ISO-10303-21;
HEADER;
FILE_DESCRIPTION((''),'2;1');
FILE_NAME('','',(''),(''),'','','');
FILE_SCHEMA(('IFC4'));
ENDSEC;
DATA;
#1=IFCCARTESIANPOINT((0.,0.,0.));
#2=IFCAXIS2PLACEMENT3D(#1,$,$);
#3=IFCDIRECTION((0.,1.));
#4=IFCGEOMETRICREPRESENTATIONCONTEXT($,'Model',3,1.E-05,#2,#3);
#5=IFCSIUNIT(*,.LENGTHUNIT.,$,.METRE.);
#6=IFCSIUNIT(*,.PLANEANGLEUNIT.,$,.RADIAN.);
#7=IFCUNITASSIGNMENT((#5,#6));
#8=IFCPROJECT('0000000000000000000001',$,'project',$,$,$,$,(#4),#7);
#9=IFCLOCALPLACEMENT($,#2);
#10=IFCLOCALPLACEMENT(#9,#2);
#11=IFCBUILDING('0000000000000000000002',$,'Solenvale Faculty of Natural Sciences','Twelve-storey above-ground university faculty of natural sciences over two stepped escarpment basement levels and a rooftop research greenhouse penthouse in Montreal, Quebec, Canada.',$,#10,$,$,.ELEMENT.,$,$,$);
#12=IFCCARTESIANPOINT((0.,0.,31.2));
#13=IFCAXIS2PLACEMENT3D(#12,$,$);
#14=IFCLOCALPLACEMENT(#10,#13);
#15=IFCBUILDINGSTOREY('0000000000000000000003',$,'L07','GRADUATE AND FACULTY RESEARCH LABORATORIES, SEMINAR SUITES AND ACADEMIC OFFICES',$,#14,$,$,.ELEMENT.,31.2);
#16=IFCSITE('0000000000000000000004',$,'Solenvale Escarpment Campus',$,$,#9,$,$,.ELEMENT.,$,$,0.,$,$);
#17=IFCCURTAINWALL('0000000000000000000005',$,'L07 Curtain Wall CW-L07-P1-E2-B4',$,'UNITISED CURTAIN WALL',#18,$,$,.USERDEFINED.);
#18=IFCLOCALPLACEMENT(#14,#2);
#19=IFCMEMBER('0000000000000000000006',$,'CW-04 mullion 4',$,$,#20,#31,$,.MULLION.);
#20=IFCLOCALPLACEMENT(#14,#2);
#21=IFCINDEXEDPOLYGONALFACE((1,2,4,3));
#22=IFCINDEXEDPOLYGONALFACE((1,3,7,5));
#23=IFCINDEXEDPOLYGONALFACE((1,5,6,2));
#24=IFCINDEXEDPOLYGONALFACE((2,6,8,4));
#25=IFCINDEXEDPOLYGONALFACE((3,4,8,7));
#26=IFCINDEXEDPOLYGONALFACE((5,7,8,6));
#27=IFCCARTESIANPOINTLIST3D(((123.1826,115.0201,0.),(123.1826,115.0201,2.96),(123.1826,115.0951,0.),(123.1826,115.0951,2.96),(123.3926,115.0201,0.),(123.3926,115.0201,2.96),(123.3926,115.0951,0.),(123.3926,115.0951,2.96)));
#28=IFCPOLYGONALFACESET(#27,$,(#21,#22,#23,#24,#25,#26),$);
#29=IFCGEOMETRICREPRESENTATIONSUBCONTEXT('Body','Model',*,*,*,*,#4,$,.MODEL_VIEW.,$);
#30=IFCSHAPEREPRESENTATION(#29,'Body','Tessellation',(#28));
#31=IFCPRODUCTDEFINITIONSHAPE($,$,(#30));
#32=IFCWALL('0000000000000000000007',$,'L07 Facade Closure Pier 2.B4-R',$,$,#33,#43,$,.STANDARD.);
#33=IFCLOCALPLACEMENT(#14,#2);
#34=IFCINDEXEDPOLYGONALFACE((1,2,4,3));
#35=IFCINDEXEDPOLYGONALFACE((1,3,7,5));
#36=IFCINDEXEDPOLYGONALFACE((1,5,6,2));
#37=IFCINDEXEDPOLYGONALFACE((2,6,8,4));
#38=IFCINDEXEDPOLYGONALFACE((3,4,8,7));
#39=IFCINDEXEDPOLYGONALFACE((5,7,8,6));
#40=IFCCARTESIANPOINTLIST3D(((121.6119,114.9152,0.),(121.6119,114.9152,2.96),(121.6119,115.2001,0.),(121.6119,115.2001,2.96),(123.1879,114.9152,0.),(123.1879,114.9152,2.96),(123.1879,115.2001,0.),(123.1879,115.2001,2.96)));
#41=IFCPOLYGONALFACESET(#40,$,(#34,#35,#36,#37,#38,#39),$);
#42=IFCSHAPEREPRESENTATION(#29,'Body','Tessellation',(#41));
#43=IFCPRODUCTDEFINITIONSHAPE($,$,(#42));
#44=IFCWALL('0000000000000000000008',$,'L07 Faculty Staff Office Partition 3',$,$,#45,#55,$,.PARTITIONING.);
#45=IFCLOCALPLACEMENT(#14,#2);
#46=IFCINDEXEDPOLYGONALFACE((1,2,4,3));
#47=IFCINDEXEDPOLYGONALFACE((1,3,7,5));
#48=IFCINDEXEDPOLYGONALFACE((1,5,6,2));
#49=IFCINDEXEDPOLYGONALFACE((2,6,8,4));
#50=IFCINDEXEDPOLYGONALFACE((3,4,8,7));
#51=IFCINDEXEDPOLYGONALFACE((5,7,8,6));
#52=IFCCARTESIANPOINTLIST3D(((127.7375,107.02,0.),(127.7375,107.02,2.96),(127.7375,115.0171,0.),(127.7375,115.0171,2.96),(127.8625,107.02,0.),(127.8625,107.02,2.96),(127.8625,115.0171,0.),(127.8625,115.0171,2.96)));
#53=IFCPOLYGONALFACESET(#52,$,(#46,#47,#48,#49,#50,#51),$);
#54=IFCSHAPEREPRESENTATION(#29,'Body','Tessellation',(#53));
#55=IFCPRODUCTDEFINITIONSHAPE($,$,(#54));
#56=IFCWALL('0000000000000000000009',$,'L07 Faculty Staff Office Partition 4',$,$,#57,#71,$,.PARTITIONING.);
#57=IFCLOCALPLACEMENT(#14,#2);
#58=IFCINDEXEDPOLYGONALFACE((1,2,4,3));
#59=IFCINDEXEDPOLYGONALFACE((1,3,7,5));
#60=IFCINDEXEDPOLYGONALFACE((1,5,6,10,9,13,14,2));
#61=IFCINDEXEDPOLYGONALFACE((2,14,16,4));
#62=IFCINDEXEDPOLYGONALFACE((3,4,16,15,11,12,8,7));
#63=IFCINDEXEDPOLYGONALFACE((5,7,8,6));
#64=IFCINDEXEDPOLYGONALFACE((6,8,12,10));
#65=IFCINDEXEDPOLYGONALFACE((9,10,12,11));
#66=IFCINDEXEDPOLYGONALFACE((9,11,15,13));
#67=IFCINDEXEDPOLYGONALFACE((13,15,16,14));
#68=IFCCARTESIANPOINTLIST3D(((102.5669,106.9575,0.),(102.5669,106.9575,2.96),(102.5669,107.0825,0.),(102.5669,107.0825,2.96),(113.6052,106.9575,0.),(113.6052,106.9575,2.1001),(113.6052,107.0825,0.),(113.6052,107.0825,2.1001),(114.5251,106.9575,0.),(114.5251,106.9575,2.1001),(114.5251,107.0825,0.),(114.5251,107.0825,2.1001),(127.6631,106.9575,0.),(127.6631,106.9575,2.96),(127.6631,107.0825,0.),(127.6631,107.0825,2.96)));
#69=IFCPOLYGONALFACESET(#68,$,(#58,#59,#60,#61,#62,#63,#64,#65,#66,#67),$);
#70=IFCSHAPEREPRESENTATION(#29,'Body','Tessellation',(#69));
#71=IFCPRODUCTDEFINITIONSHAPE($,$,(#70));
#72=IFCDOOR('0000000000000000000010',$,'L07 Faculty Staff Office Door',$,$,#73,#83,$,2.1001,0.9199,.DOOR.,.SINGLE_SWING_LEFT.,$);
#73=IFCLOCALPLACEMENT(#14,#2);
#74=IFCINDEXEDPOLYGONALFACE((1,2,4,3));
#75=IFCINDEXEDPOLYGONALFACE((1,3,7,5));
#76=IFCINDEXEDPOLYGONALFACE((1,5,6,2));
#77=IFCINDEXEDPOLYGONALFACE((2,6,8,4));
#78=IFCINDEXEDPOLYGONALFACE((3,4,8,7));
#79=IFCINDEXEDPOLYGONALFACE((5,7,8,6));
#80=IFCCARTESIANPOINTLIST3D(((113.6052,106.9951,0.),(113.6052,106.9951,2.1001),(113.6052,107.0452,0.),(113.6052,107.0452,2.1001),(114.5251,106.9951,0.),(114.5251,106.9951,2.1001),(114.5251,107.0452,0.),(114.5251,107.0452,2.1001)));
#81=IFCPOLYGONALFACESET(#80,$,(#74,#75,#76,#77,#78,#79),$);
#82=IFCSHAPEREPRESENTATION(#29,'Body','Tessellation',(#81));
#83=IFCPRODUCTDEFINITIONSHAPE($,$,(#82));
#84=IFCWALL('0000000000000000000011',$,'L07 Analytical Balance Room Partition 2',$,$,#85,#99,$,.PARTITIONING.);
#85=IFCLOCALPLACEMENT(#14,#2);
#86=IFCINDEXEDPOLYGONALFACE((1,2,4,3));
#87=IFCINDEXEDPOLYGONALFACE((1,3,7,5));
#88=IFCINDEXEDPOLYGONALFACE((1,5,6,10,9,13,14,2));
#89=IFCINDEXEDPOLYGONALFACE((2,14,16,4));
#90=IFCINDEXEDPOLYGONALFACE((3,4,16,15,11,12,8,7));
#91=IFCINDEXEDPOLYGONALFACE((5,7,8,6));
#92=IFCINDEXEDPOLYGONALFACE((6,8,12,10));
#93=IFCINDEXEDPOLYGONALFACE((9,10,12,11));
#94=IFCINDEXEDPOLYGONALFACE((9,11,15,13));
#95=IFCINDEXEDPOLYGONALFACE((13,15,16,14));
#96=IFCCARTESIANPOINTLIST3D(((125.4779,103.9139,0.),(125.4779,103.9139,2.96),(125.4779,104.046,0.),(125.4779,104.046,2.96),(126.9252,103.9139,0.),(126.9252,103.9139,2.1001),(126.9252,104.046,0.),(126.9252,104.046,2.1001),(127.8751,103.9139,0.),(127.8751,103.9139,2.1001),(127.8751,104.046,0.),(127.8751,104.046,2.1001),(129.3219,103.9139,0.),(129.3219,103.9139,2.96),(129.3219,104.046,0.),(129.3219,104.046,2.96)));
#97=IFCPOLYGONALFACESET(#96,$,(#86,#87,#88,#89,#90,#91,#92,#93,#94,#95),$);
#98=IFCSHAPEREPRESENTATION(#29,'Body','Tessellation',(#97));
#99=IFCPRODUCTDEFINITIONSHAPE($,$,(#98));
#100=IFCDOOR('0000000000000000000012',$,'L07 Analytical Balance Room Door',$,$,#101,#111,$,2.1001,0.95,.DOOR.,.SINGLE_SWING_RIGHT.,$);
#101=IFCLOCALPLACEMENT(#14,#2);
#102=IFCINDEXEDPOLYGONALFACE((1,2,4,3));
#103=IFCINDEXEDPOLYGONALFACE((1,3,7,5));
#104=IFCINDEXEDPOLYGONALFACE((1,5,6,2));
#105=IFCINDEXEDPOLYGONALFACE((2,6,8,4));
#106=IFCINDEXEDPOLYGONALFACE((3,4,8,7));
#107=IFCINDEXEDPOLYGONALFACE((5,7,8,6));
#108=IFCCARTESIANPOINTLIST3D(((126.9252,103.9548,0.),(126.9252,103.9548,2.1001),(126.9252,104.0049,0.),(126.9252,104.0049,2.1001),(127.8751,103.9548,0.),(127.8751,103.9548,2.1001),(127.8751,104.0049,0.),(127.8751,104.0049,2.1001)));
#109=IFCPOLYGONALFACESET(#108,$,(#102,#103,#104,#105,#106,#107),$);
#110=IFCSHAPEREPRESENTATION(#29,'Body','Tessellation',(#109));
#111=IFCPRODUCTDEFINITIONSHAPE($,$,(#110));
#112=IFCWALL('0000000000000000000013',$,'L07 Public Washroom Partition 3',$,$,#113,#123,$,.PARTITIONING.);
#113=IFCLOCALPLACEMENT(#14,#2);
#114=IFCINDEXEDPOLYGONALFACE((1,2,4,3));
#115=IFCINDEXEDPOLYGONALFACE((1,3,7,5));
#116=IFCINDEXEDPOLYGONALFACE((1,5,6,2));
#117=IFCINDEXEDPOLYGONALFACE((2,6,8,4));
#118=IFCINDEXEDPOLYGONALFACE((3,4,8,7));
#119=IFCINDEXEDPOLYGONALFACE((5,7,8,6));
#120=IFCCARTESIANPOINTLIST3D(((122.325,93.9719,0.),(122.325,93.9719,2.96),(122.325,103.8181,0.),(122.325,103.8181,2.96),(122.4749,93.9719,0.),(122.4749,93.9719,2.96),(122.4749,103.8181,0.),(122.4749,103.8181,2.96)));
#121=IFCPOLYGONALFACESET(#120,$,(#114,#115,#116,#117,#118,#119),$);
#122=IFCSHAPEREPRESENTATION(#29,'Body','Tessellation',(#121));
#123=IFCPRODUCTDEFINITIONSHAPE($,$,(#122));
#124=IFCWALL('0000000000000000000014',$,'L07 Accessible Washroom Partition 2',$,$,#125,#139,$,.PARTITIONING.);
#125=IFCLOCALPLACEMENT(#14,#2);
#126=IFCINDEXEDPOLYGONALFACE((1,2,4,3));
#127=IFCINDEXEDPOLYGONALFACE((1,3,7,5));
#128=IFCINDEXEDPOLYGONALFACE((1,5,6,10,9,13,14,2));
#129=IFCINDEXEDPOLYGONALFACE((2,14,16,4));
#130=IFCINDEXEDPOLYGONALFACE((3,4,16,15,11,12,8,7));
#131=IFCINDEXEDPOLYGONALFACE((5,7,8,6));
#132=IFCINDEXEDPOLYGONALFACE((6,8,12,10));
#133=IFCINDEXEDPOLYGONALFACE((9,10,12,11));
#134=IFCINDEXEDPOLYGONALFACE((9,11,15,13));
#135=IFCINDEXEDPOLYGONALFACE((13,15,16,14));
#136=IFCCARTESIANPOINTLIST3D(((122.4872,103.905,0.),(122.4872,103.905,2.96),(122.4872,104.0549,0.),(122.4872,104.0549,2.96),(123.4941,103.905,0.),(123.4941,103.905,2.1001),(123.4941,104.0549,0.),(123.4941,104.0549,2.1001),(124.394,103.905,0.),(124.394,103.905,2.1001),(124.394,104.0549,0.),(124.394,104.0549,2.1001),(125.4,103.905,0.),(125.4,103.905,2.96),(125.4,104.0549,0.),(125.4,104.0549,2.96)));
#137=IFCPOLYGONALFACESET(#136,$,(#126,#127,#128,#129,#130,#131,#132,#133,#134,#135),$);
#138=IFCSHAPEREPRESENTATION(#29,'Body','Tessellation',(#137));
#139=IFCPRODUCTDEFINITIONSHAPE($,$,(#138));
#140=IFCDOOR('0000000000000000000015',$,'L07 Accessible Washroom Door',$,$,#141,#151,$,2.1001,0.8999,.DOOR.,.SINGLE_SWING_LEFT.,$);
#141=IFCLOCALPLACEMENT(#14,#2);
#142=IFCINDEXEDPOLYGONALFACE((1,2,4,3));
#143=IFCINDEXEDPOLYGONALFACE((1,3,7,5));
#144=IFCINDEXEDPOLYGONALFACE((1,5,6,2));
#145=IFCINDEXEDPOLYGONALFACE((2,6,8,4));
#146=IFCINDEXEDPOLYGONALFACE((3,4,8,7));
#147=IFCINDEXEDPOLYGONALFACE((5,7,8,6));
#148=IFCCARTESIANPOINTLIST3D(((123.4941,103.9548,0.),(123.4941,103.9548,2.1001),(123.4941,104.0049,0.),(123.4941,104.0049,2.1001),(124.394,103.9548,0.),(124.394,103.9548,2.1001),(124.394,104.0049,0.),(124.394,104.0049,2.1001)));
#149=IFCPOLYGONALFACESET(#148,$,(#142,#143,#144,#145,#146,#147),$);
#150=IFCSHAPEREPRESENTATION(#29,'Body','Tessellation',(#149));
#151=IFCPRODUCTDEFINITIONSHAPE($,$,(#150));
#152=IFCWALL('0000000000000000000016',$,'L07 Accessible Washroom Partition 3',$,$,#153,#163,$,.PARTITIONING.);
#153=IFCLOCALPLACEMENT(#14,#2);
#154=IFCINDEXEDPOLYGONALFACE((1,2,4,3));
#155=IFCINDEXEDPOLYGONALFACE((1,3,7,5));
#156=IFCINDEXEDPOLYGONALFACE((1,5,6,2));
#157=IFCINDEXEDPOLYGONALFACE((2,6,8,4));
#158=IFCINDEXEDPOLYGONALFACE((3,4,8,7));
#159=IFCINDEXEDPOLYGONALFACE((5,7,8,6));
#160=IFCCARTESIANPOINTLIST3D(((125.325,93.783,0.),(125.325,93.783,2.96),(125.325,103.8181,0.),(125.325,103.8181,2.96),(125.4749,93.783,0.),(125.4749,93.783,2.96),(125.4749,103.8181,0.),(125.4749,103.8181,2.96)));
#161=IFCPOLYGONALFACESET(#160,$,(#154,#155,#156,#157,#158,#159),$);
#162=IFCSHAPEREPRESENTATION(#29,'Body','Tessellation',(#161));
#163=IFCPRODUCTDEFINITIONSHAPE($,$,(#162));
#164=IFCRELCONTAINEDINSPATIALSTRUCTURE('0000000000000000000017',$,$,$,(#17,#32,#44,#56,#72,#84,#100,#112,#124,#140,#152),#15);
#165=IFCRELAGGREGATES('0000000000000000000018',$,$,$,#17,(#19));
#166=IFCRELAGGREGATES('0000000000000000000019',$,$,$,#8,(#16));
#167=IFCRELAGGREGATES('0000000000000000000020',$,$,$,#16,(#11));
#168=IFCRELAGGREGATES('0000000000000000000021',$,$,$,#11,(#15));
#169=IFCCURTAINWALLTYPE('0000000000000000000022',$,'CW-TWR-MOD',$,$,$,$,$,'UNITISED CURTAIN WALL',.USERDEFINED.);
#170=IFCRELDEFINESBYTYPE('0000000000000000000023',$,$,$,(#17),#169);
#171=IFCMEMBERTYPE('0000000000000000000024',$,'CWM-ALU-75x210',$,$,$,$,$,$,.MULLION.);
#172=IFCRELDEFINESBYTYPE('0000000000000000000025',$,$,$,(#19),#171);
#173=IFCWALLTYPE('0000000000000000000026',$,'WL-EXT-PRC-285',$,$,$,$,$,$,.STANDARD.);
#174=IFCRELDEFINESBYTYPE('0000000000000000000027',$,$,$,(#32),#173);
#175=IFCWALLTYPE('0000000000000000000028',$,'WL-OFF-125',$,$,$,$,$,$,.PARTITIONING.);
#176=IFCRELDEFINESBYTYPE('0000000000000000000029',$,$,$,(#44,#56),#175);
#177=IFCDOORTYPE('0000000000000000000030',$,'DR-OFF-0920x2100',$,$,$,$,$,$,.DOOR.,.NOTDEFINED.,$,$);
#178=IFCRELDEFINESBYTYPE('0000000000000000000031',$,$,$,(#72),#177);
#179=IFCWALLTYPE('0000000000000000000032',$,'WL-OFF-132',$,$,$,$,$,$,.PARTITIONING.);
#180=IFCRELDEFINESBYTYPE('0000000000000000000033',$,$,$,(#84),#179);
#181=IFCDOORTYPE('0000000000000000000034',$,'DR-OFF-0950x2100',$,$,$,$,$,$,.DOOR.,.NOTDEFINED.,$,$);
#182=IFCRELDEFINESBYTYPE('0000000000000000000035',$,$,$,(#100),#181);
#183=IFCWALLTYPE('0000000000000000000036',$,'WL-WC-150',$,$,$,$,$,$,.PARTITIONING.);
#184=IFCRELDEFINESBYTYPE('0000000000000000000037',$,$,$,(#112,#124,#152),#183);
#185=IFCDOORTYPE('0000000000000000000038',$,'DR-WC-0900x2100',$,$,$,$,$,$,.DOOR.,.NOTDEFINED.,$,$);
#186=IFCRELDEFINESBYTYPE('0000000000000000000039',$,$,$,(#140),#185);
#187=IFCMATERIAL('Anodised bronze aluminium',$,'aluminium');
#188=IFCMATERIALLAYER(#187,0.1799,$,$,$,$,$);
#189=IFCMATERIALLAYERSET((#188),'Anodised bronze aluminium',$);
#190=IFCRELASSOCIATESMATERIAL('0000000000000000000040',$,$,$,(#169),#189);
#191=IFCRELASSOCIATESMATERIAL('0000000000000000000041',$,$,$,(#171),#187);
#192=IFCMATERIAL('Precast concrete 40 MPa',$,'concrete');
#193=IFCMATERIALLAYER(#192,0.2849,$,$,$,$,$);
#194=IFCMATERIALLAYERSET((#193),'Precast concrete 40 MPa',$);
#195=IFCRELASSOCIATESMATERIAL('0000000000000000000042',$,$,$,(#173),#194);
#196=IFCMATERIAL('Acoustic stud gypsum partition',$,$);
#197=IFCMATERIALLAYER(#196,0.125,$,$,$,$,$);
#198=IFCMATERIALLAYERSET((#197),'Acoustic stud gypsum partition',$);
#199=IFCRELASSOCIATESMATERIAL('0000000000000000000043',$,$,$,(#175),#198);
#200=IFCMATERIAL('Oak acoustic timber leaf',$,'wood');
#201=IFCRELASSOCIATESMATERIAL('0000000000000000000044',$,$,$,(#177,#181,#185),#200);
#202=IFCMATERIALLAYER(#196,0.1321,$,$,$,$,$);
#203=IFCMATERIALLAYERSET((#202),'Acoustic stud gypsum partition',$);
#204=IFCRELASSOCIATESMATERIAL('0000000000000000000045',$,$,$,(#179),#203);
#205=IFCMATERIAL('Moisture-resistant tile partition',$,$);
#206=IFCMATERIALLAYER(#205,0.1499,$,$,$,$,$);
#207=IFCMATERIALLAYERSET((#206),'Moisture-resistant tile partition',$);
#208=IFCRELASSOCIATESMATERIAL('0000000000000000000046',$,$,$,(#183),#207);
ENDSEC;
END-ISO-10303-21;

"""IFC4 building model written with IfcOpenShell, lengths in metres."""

from ifc_helpers import new_model, si_unit, direction, frame, frame_2d, origin, origin_2d, place, context, subcontext, project, spatial, rectangle, extrude, material, layer, layer_set, material_profile, profile_set, type_object, element, fill, aggregate, save


model = new_model("IFC4")

# Units and contexts
model_context = context("Model", 3, precision=1e-05, world=origin(), true_north=direction((0.0, 1.0)))
body_context = subcontext(model_context, "Body", "Model", "MODEL_VIEW")
ifc_project = project(units=[si_unit("LENGTHUNIT", "METRE"), si_unit("PLANEANGLEUNIT", "RADIAN")], contexts=[model_context])

# Site, building, storey
site_placement = place(None, origin())
site = spatial("IfcSite", under=ifc_project, at=site_placement, Name="Solenvale Escarpment Campus", CompositionType="ELEMENT", RefElevation=0.0)
building_placement = place(site_placement, origin())
building = spatial("IfcBuilding", under=site, at=building_placement, Name="Solenvale Faculty of Natural Sciences", Description="Twelve-storey above-ground university faculty of natural sciences over two stepped escarpment basement levels and a rooftop research greenhouse penthouse in Montreal, Quebec, Canada.", CompositionType="ELEMENT")
storey_placement = place(building_placement, frame((0.0, 0.0, 31.2)))
storey = spatial("IfcBuildingStorey", under=building, at=storey_placement, Name="L07", Description="GRADUATE AND FACULTY RESEARCH LABORATORIES, SEMINAR SUITES AND ACADEMIC OFFICES", CompositionType="ELEMENT", Elevation=31.2)

# Curtain wall, member
ifc_material_1 = material(Name="Anodised bronze aluminium", Category="aluminium")
ifc_layer_1 = layer(ifc_material_1, 0.1799)
ifc_layer_set_1 = layer_set([ifc_layer_1], Name="Anodised bronze aluminium")
curtain_wall_type = type_object("IfcCurtainWallType", Name="CW-TWR-MOD", ElementType="UNITISED CURTAIN WALL", PredefinedType="USERDEFINED", material=ifc_layer_set_1)
curtain_wall_placement = place(storey_placement, origin())
curtain_wall = element("IfcCurtainWall", 1, at=curtain_wall_placement, inside=storey, type_object=curtain_wall_type, Name="L07 Curtain Wall CW-L07-P1-E2-B4", ObjectType="UNITISED CURTAIN WALL", PredefinedType="USERDEFINED")
ifc_material_profile_1 = material_profile(ifc_material_1, rectangle(XDim=0.075, YDim=0.21, at=origin_2d()), Name="ALU-MUL-75x210")
ifc_profile_set_1 = profile_set([ifc_material_profile_1], Name="Anodised bronze aluminium")
member_type = type_object("IfcMemberType", Name="CWM-ALU-75x210", PredefinedType="MULLION", material=ifc_profile_set_1)
member_placement = place(storey_placement, frame((123.2876, 115.0576, 0.0), z_axis=(0.0, 0.0, 1.0), x_axis=(0.0, -1.0, 0.0)))
member = element("IfcMember", 2, at=member_placement, type_object=member_type, Name="CW-04 mullion 4", PredefinedType="MULLION", context=body_context, shape_type="SweptSolid", body=[
    extrude(rectangle(XDim=0.075, YDim=0.21, at=origin_2d()), origin(), (0.0, 0.0, 1.0), 2.96),
])
aggregate(curtain_wall, [member])

# Wall
ifc_material_2 = material(Name="Precast concrete 40 MPa", Category="concrete")
ifc_layer_2 = layer(ifc_material_2, 0.2849)
ifc_layer_set_2 = layer_set([ifc_layer_2], Name="Precast concrete 40 MPa")
wall_type_1 = type_object("IfcWallType", Name="WL-EXT-PRC-285", PredefinedType="STANDARD", material=ifc_layer_set_2)
wall_1_placement = place(storey_placement, frame((123.188, 115.0576, 0.0), z_axis=(0.0, 0.0, 1.0), x_axis=(-1.0, 0.0, 0.0)))
element("IfcWall", 3, at=wall_1_placement, inside=storey, type_object=wall_type_1, Name="L07 Facade Closure Pier 2.B4-R", PredefinedType="STANDARD", context=body_context, shape_type="SweptSolid", body=[
    extrude(rectangle(XDim=1.5759, YDim=0.2849, at=frame_2d((0.7881, 0.0))), origin(), (0.0, 0.0, 1.0), 2.96),
])

# Wall
ifc_material_3 = material(Name="Acoustic stud gypsum partition")
ifc_layer_3 = layer(ifc_material_3, 0.125)
ifc_layer_set_3 = layer_set([ifc_layer_3], Name="Acoustic stud gypsum partition")
wall_type_2 = type_object("IfcWallType", Name="WL-OFF-125", PredefinedType="PARTITIONING", material=ifc_layer_set_3)
wall_2_placement = place(storey_placement, frame((127.8, 115.0171, 0.0), z_axis=(0.0, 0.0, 1.0), x_axis=(0.0, -1.0, 0.0)))
element("IfcWall", 4, at=wall_2_placement, inside=storey, type_object=wall_type_2, Name="L07 Faculty Staff Office Partition 3", PredefinedType="PARTITIONING", context=body_context, shape_type="SweptSolid", body=[
    extrude(rectangle(XDim=7.9971, YDim=0.125, at=frame_2d((3.9985, 0.0))), origin(), (0.0, 0.0, 1.0), 2.96),
])

# Walls, openings, doors
wall_3_placement = place(storey_placement, frame((127.6631, 107.02, 0.0), z_axis=(0.0, 0.0, 1.0), x_axis=(-1.0, 0.0, 0.0)))
wall_3 = element("IfcWall", 5, at=wall_3_placement, inside=storey, type_object=wall_type_2, Name="L07 Faculty Staff Office Partition 4", PredefinedType="PARTITIONING", context=body_context, shape_type="SweptSolid", body=[
    extrude(rectangle(XDim=25.0962, YDim=0.125, at=frame_2d((12.5481, 0.0))), origin(), (0.0, 0.0, 1.0), 2.96),
])
opening_1_placement = place(wall_3_placement, frame((13.1379, 0.0, 0.0)))
opening_1 = element("IfcOpeningElement", 6, at=opening_1_placement, cuts=wall_3, PredefinedType="OPENING", context=body_context, shape_type="SweptSolid", body=[
    extrude(rectangle(XDim=0.9199, YDim=2.1001, at=frame_2d((0.46, 1.05))), frame((0.0, 0.0725, 0.0), z_axis=(0.0, -1.0, 0.0), x_axis=(1.0, 0.0, 0.0)), (0.0, 0.0, 1.0), 0.145),
])
ifc_material_4 = material(Name="Oak acoustic timber leaf", Category="wood")
door_type_1 = type_object("IfcDoorType", Name="DR-OFF-0920x2100", OperationType="NOTDEFINED", PredefinedType="DOOR", material=ifc_material_4)
door_1_placement = place(opening_1_placement, origin())
door_1 = element("IfcDoor", 7, at=door_1_placement, inside=storey, type_object=door_type_1, Name="L07 Faculty Staff Office Door", OperationType="SINGLE_SWING_LEFT", OverallHeight=2.1001, OverallWidth=0.9199, PredefinedType="DOOR", context=body_context, shape_type="SweptSolid", body=[
    extrude(rectangle(XDim=0.9199, YDim=2.1001, at=frame_2d((0.46, 1.05))), frame((0.0, 0.0249, 0.0), z_axis=(0.0, -1.0, 0.0), x_axis=(1.0, 0.0, 0.0)), (0.0, 0.0, 1.0), 0.05),
])
fill(opening_1, door_1)
ifc_layer_4 = layer(ifc_material_3, 0.1321)
ifc_layer_set_4 = layer_set([ifc_layer_4], Name="Acoustic stud gypsum partition")
wall_type_3 = type_object("IfcWallType", Name="WL-OFF-132", PredefinedType="PARTITIONING", material=ifc_layer_set_4)
wall_4_placement = place(storey_placement, frame((125.478, 103.98, 0.0), z_axis=(0.0, 0.0, 1.0), x_axis=(1.0, 0.0, 0.0)))
wall_4 = element("IfcWall", 8, at=wall_4_placement, inside=storey, type_object=wall_type_3, Name="L07 Analytical Balance Room Partition 2", PredefinedType="PARTITIONING", context=body_context, shape_type="SweptSolid", body=[
    extrude(rectangle(XDim=3.844, YDim=0.1321, at=frame_2d((1.9219, 0.0))), origin(), (0.0, 0.0, 1.0), 2.96),
])
opening_2_placement = place(wall_4_placement, frame((1.447, 0.0, 0.0)))
opening_2 = element("IfcOpeningElement", 9, at=opening_2_placement, cuts=wall_4, PredefinedType="OPENING", context=body_context, shape_type="SweptSolid", body=[
    extrude(rectangle(XDim=0.95, YDim=2.1001, at=frame_2d((0.4751, 1.05))), frame((0.0, 0.0759, 0.0), z_axis=(0.0, -1.0, 0.0), x_axis=(1.0, 0.0, 0.0)), (0.0, 0.0, 1.0), 0.1521),
])
door_type_2 = type_object("IfcDoorType", Name="DR-OFF-0950x2100", OperationType="NOTDEFINED", PredefinedType="DOOR", material=ifc_material_4)
door_2_placement = place(opening_2_placement, origin())
door_2 = element("IfcDoor", 10, at=door_2_placement, inside=storey, type_object=door_type_2, Name="L07 Analytical Balance Room Door", OperationType="SINGLE_SWING_RIGHT", OverallHeight=2.1001, OverallWidth=0.95, PredefinedType="DOOR", context=body_context, shape_type="SweptSolid", body=[
    extrude(rectangle(XDim=0.95, YDim=2.1001, at=frame_2d((0.4751, 1.05))), frame((0.0, 0.0249, 0.0), z_axis=(0.0, -1.0, 0.0), x_axis=(1.0, 0.0, 0.0)), (0.0, 0.0, 1.0), 0.05),
])
fill(opening_2, door_2)

# Wall
ifc_material_5 = material(Name="Moisture-resistant tile partition")
ifc_layer_5 = layer(ifc_material_5, 0.1499)
ifc_layer_set_5 = layer_set([ifc_layer_5], Name="Moisture-resistant tile partition")
wall_type_4 = type_object("IfcWallType", Name="WL-WC-150", PredefinedType="PARTITIONING", material=ifc_layer_set_5)
wall_5_placement = place(storey_placement, frame((122.3999, 103.8181, 0.0), z_axis=(0.0, 0.0, 1.0), x_axis=(0.0, -1.0, 0.0)))
element("IfcWall", 11, at=wall_5_placement, inside=storey, type_object=wall_type_4, Name="L07 Public Washroom Partition 3", PredefinedType="PARTITIONING", context=body_context, shape_type="SweptSolid", body=[
    extrude(rectangle(XDim=9.8462, YDim=0.1499, at=frame_2d((4.9231, 0.0))), origin(), (0.0, 0.0, 1.0), 2.96),
])

# Wall, opening, door
wall_6_placement = place(storey_placement, frame((122.4871, 103.98, 0.0), z_axis=(0.0, 0.0, 1.0), x_axis=(1.0, 0.0, 0.0)))
wall_6 = element("IfcWall", 12, at=wall_6_placement, inside=storey, type_object=wall_type_4, Name="L07 Accessible Washroom Partition 2", PredefinedType="PARTITIONING", context=body_context, shape_type="SweptSolid", body=[
    extrude(rectangle(XDim=2.9128, YDim=0.1499, at=frame_2d((1.4565, 0.0))), origin(), (0.0, 0.0, 1.0), 2.96),
])
opening_3_placement = place(wall_6_placement, frame((1.0071, 0.0, 0.0)))
opening_3 = element("IfcOpeningElement", 13, at=opening_3_placement, cuts=wall_6, PredefinedType="OPENING", context=body_context, shape_type="SweptSolid", body=[
    extrude(rectangle(XDim=0.8999, YDim=2.1001, at=frame_2d((0.45, 1.05))), frame((0.0, 0.085, 0.0), z_axis=(0.0, -1.0, 0.0), x_axis=(1.0, 0.0, 0.0)), (0.0, 0.0, 1.0), 0.1699),
])
door_type_3 = type_object("IfcDoorType", Name="DR-WC-0900x2100", OperationType="NOTDEFINED", PredefinedType="DOOR", material=ifc_material_4)
door_3_placement = place(opening_3_placement, origin())
door_3 = element("IfcDoor", 14, at=door_3_placement, inside=storey, type_object=door_type_3, Name="L07 Accessible Washroom Door", OperationType="SINGLE_SWING_LEFT", OverallHeight=2.1001, OverallWidth=0.8999, PredefinedType="DOOR", context=body_context, shape_type="SweptSolid", body=[
    extrude(rectangle(XDim=0.8999, YDim=2.1001, at=frame_2d((0.45, 1.05))), frame((0.0, 0.0249, 0.0), z_axis=(0.0, -1.0, 0.0), x_axis=(1.0, 0.0, 0.0)), (0.0, 0.0, 1.0), 0.05),
])
fill(opening_3, door_3)

# Wall
wall_7_placement = place(storey_placement, frame((125.3999, 103.8181, 0.0), z_axis=(0.0, 0.0, 1.0), x_axis=(0.0, -1.0, 0.0)))
element("IfcWall", 15, at=wall_7_placement, inside=storey, type_object=wall_type_4, Name="L07 Accessible Washroom Partition 3", PredefinedType="PARTITIONING", context=body_context, shape_type="SweptSolid", body=[
    extrude(rectangle(XDim=10.0352, YDim=0.1499, at=frame_2d((5.0176, 0.0))), origin(), (0.0, 0.0, 1.0), 2.96),
])

save(model, "model.ifc")
